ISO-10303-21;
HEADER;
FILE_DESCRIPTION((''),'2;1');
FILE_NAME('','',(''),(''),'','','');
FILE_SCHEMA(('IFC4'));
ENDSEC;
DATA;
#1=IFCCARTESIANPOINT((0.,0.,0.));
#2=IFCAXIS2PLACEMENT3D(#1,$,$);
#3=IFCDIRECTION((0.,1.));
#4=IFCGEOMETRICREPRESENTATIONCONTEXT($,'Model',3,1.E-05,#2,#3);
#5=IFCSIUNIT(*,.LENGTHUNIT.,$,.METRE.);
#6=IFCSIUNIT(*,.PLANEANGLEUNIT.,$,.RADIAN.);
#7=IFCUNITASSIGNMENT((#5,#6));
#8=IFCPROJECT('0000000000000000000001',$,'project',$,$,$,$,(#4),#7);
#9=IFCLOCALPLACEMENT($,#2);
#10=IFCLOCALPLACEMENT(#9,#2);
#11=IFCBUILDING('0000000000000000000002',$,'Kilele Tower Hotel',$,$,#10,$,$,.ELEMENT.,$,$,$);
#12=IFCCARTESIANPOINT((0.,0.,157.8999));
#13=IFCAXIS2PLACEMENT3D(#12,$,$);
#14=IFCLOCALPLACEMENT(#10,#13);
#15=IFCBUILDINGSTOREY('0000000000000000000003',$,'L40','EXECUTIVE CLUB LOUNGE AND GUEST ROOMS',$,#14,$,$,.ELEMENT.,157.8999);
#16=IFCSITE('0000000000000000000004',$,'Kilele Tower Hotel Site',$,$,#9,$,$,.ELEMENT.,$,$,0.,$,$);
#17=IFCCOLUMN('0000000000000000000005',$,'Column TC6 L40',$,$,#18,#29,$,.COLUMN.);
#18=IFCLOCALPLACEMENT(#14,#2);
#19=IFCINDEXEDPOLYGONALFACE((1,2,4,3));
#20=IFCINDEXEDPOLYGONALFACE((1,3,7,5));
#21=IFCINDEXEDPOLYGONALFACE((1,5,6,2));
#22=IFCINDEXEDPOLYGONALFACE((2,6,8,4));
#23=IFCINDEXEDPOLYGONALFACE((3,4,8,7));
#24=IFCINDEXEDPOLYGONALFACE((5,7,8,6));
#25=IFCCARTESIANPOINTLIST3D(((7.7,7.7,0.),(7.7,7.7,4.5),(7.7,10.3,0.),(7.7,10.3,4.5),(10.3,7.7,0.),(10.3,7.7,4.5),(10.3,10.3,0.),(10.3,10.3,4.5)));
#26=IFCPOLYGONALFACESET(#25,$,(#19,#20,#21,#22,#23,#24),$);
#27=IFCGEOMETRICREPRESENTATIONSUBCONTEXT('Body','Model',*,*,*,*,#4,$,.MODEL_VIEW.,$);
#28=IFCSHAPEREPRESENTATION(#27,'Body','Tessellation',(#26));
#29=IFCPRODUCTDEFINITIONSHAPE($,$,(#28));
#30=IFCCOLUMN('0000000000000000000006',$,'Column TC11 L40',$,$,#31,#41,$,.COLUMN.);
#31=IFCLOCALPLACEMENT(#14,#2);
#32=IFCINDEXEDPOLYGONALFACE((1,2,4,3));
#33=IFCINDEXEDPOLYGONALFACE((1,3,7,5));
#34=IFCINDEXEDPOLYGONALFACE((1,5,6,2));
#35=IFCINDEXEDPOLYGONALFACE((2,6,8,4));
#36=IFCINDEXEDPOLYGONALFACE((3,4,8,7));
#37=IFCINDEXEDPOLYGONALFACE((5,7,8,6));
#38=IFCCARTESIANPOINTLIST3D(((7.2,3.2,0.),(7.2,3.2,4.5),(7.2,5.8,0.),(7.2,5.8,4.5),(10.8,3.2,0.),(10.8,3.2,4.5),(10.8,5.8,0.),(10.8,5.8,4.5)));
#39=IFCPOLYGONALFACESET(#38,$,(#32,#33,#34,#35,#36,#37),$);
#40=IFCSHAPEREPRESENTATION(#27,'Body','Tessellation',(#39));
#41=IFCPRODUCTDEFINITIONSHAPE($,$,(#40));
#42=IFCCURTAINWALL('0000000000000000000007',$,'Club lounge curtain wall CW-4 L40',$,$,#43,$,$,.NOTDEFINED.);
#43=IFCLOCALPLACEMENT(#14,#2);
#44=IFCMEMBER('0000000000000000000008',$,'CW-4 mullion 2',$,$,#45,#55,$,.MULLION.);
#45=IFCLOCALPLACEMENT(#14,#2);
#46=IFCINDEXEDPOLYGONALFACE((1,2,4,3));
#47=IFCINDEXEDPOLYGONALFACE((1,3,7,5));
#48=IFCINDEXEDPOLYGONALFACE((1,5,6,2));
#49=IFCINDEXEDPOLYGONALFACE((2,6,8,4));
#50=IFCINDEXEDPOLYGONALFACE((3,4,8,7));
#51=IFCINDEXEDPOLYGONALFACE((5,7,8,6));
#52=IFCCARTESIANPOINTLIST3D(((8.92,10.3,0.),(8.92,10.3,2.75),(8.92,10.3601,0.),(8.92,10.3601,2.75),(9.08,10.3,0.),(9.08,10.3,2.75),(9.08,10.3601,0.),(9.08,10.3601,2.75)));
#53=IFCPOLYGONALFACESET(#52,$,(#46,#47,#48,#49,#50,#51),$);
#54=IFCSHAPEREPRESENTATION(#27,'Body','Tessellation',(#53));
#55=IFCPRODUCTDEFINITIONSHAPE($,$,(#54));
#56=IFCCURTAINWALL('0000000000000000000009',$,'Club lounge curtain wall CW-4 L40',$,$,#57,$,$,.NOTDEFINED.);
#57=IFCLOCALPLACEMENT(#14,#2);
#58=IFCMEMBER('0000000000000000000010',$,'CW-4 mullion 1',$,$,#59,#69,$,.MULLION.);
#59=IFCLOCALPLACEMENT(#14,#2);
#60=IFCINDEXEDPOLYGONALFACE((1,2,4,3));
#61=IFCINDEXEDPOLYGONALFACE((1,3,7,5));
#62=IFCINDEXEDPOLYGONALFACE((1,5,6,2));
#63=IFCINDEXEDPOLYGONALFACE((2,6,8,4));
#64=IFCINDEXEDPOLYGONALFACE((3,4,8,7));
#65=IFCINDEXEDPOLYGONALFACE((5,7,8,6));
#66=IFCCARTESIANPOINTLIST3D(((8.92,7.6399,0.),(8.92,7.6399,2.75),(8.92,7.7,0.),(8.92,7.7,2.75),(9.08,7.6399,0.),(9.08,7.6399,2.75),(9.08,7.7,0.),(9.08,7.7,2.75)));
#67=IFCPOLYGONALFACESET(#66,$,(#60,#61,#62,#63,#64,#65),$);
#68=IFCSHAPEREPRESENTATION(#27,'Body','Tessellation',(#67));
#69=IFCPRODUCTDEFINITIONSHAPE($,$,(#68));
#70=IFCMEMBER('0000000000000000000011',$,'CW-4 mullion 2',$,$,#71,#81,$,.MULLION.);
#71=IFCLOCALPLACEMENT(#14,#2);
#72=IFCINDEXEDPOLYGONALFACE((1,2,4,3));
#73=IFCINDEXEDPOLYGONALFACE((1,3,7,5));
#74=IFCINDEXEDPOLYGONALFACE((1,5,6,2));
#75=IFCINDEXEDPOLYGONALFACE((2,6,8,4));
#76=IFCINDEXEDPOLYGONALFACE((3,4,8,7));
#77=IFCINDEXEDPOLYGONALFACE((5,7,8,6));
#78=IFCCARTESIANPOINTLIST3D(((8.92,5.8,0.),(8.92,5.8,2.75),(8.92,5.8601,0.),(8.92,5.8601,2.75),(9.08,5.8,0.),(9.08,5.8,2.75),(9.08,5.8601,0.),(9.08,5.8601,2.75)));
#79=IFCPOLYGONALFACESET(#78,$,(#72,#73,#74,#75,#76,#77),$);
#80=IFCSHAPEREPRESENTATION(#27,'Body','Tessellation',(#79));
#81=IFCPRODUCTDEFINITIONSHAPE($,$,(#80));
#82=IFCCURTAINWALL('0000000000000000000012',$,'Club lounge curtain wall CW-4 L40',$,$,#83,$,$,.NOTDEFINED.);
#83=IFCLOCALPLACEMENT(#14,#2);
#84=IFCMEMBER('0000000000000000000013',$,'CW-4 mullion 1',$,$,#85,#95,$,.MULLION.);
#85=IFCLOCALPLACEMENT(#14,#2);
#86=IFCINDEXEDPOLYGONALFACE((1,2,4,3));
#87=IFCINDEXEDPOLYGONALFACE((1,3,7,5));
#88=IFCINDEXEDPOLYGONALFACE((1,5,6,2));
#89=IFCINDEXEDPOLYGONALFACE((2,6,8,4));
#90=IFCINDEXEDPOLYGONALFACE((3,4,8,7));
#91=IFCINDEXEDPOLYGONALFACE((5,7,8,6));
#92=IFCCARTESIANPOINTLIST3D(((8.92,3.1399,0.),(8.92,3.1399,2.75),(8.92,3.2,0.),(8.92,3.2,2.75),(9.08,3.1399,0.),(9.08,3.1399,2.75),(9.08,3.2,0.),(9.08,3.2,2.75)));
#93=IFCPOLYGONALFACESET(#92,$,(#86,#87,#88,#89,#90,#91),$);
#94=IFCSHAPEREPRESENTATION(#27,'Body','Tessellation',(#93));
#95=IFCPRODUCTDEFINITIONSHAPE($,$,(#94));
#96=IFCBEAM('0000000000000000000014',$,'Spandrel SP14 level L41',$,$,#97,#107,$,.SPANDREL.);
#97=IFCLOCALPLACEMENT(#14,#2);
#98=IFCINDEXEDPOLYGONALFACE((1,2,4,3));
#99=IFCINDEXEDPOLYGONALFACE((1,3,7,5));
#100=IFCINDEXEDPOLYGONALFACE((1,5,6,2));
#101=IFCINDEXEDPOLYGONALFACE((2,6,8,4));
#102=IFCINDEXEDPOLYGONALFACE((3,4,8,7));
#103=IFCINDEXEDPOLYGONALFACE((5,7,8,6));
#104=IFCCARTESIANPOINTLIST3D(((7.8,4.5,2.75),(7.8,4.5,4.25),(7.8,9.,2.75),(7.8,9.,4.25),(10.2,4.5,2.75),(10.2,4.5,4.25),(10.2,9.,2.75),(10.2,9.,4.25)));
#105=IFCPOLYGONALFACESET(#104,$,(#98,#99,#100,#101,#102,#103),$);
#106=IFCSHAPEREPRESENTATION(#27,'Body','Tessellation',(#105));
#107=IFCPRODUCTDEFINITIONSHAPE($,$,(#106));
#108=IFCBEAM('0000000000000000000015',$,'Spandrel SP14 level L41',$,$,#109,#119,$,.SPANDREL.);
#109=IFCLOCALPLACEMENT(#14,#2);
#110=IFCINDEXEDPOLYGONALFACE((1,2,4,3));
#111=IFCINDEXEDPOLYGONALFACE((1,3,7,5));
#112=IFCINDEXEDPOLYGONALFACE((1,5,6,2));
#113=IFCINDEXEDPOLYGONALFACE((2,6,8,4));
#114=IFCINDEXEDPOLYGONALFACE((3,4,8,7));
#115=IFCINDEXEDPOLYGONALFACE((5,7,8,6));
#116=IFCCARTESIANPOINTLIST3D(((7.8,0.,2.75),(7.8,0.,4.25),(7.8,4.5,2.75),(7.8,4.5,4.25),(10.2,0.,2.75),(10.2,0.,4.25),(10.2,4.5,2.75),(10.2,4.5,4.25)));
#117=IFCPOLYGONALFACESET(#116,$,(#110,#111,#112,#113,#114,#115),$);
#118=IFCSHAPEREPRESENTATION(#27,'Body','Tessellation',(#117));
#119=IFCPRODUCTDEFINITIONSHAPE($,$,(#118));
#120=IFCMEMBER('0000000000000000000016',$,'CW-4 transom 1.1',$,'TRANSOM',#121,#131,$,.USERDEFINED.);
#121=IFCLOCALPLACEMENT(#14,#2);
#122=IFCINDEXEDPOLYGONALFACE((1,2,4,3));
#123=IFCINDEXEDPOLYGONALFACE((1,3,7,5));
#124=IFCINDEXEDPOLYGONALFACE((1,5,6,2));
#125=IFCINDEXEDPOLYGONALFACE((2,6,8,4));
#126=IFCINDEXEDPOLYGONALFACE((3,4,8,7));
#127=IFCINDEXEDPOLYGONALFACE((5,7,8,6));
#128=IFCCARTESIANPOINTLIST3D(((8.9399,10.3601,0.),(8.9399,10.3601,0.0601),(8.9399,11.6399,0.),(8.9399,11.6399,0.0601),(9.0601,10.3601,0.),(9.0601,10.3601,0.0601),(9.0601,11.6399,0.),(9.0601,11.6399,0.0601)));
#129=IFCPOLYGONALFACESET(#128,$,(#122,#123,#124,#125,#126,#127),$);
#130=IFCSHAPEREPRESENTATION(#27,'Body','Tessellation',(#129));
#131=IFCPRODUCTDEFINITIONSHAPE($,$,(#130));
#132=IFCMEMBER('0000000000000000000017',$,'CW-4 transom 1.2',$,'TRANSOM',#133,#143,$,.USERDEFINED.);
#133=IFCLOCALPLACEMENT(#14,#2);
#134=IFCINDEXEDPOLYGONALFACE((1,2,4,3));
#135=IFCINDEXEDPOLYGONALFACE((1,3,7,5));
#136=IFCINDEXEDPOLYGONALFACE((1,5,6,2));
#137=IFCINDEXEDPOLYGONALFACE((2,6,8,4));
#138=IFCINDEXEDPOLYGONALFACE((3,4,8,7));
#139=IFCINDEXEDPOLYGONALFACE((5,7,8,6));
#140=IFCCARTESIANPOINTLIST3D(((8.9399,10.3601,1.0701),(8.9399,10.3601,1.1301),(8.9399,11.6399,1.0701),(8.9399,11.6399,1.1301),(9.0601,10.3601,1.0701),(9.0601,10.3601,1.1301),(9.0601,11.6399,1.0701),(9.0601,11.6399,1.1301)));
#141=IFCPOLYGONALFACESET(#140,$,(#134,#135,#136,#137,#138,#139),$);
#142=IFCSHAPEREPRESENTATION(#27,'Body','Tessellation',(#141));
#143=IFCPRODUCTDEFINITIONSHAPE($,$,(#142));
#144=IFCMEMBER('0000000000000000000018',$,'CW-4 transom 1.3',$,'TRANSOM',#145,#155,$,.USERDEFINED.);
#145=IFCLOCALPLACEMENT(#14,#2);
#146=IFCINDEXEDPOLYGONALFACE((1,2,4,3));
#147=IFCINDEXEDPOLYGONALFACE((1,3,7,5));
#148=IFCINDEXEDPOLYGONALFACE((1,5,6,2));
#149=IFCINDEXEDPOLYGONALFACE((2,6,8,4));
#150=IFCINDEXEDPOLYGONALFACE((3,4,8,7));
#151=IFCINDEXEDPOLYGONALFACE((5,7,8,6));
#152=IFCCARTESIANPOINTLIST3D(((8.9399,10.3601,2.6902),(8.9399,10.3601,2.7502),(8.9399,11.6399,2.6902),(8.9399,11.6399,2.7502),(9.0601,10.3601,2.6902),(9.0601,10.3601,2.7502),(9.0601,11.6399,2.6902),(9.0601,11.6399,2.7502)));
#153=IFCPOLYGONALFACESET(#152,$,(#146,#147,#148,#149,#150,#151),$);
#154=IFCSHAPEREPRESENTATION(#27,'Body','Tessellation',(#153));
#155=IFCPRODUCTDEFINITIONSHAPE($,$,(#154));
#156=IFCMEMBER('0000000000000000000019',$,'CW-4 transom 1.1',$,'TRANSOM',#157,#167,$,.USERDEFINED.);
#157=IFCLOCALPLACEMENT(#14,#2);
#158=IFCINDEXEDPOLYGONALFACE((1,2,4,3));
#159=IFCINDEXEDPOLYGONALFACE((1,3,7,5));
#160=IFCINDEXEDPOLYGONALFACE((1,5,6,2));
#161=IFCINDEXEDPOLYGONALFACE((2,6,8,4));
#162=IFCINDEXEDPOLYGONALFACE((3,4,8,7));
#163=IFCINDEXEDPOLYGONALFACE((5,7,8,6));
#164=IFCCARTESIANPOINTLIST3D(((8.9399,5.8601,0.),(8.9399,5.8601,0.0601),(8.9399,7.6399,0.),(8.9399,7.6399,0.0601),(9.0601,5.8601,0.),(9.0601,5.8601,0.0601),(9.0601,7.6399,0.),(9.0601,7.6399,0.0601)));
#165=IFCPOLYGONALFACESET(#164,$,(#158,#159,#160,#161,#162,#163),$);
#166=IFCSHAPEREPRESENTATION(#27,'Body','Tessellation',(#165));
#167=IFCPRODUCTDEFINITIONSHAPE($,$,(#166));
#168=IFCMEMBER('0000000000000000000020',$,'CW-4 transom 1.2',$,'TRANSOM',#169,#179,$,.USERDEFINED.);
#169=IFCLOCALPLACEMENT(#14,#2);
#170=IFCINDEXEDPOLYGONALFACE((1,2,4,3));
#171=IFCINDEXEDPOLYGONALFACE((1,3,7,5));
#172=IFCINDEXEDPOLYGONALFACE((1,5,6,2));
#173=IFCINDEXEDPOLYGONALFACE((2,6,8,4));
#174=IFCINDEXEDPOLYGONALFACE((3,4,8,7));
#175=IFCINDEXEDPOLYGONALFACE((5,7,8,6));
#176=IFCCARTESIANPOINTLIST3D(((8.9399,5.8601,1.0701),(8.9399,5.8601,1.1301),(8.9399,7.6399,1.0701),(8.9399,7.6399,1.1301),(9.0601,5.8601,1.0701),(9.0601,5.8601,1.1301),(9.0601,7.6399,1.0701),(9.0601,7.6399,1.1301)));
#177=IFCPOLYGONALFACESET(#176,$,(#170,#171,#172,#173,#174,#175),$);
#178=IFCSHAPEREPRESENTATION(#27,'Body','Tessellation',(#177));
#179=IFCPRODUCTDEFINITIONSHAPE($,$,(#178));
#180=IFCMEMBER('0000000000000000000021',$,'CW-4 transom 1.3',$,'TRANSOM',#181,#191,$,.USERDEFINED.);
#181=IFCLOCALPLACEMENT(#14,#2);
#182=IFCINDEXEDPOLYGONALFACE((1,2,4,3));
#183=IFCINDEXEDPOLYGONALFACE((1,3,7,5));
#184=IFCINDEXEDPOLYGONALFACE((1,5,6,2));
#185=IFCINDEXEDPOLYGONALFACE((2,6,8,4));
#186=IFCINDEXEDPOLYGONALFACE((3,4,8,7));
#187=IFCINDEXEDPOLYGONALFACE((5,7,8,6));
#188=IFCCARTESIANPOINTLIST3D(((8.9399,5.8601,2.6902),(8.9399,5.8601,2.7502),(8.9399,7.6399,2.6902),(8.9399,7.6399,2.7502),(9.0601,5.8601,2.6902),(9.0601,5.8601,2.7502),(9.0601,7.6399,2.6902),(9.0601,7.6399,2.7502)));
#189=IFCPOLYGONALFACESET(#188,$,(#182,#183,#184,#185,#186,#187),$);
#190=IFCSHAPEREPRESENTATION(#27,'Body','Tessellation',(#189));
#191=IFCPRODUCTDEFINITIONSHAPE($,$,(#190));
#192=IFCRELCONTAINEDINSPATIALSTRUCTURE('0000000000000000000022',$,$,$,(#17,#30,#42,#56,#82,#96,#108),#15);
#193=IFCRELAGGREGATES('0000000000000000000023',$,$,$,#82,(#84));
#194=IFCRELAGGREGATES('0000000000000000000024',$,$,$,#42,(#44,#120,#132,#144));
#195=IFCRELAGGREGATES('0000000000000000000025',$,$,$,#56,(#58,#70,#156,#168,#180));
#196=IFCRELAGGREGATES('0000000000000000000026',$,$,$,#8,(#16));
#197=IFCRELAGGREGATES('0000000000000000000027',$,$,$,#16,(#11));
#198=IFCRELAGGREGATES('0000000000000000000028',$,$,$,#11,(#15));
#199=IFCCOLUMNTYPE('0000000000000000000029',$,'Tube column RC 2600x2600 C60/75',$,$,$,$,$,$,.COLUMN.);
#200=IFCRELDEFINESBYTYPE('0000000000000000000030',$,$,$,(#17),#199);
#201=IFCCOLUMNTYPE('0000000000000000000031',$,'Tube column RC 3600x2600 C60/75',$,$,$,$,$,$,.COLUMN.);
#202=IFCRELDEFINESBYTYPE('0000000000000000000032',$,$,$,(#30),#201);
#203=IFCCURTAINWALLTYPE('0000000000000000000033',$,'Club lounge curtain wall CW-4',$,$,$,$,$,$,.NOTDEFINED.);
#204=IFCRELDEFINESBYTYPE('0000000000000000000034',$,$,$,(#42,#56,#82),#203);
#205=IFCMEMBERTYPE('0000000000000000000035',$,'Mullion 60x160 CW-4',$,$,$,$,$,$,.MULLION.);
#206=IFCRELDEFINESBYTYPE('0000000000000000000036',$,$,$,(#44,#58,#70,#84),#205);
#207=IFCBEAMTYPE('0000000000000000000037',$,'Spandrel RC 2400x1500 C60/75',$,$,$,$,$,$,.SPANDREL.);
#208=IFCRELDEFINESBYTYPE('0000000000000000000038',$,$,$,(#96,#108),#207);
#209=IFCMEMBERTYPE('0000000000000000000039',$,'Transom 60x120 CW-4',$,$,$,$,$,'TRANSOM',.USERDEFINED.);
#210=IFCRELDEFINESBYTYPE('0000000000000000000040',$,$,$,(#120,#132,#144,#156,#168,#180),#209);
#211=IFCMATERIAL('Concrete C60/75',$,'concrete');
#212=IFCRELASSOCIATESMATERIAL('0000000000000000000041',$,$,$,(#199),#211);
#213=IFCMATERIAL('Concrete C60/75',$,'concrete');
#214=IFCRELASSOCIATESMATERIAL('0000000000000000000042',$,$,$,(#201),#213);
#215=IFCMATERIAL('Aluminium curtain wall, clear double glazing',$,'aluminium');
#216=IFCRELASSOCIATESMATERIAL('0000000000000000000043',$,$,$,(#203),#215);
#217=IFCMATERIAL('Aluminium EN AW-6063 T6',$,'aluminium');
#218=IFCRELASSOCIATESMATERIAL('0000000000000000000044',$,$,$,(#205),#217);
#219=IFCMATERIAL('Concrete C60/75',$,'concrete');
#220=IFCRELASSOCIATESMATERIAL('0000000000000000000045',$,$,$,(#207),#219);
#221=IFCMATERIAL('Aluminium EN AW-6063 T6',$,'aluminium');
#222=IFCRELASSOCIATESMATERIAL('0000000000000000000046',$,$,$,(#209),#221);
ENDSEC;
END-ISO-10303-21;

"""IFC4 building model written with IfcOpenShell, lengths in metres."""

from ifc_helpers import new_model, si_unit, direction, frame, origin, origin_2d, place, context, subcontext, project, spatial, rectangle, extrude, material, material_profile, profile_set, type_object, element, aggregate, save


model = new_model("IFC4")

# Units and contexts
model_context = context("Model", 3, precision=1e-05, world=origin(), true_north=direction((0.0, 1.0)))
body_context = subcontext(model_context, "Body", "Model", "MODEL_VIEW")
ifc_project = project(units=[si_unit("LENGTHUNIT", "METRE"), si_unit("PLANEANGLEUNIT", "RADIAN")], contexts=[model_context])

# Site, building, storey
site_placement = place(None, origin())
site = spatial("IfcSite", under=ifc_project, at=site_placement, Name="Kilele Tower Hotel Site", CompositionType="ELEMENT", RefElevation=0.0)
building_placement = place(site_placement, origin())
building = spatial("IfcBuilding", under=site, at=building_placement, Name="Kilele Tower Hotel", CompositionType="ELEMENT")
storey_placement = place(building_placement, frame((0.0, 0.0, 157.8999)))
storey = spatial("IfcBuildingStorey", under=building, at=storey_placement, Name="L40", Description="EXECUTIVE CLUB LOUNGE AND GUEST ROOMS", CompositionType="ELEMENT", Elevation=157.8999)

# Columns
ifc_material_1 = material(Name="Concrete C60/75", Category="concrete")
ifc_material_profile_1 = material_profile(ifc_material_1, rectangle(XDim=2.6001, YDim=2.6001, at=origin_2d()))
ifc_profile_set_1 = profile_set([ifc_material_profile_1], Name="Concrete C60/75")
column_type_1 = type_object("IfcColumnType", Name="Tube column RC 2600x2600 C60/75", PredefinedType="COLUMN", material=ifc_profile_set_1)
column_1_placement = place(storey_placement, frame((9.0, 9.0, 0.0), z_axis=(0.0, 0.0, 1.0), x_axis=(1.0, 0.0, 0.0)))
element("IfcColumn", 1, at=column_1_placement, inside=storey, type_object=column_type_1, Name="Column TC6 L40", PredefinedType="COLUMN", context=body_context, shape_type="SweptSolid", body=[
    extrude(rectangle(XDim=2.6001, YDim=2.6001, at=origin_2d()), origin(), (0.0, 0.0, 1.0), 4.5),
])
ifc_material_2 = material(Name="Concrete C60/75", Category="concrete")
ifc_material_profile_2 = material_profile(ifc_material_2, rectangle(XDim=3.6001, YDim=2.6001, at=origin_2d()))
ifc_profile_set_2 = profile_set([ifc_material_profile_2], Name="Concrete C60/75")
column_type_2 = type_object("IfcColumnType", Name="Tube column RC 3600x2600 C60/75", PredefinedType="COLUMN", material=ifc_profile_set_2)
column_2_placement = place(storey_placement, frame((9.0, 4.5, 0.0), z_axis=(0.0, 0.0, 1.0), x_axis=(1.0, 0.0, 0.0)))
element("IfcColumn", 2, at=column_2_placement, inside=storey, type_object=column_type_2, Name="Column TC11 L40", PredefinedType="COLUMN", context=body_context, shape_type="SweptSolid", body=[
    extrude(rectangle(XDim=3.6001, YDim=2.6001, at=origin_2d()), origin(), (0.0, 0.0, 1.0), 4.5),
])

# Curtain wall, member
ifc_material_3 = material(Name="Aluminium curtain wall, clear double glazing", Category="aluminium")
curtain_wall_type = type_object("IfcCurtainWallType", Name="Club lounge curtain wall CW-4", PredefinedType="NOTDEFINED", material=ifc_material_3)
curtain_wall_1_placement = place(storey_placement, origin())
curtain_wall_1 = element("IfcCurtainWall", 3, at=curtain_wall_1_placement, inside=storey, type_object=curtain_wall_type, Name="Club lounge curtain wall CW-4 L40", PredefinedType="NOTDEFINED")
ifc_material_4 = material(Name="Aluminium EN AW-6063 T6", Category="aluminium")
ifc_material_profile_3 = material_profile(ifc_material_4, rectangle(XDim=0.1599, YDim=0.0601, at=origin_2d()))
ifc_profile_set_3 = profile_set([ifc_material_profile_3], Name="Aluminium EN AW-6063 T6")
member_type_1 = type_object("IfcMemberType", Name="Mullion 60x160 CW-4", PredefinedType="MULLION", material=ifc_profile_set_3)
member_1_placement = place(storey_placement, frame((9.0, 10.3301, 0.0), z_axis=(0.0, 0.0, 1.0), x_axis=(1.0, 0.0, 0.0)))
member_1 = element("IfcMember", 4, at=member_1_placement, type_object=member_type_1, Name="CW-4 mullion 2", PredefinedType="MULLION", context=body_context, shape_type="SweptSolid", body=[
    extrude(rectangle(XDim=0.1599, YDim=0.0601, at=origin_2d()), origin(), (0.0, 0.0, 1.0), 2.75),
])

# Curtain wall, members
curtain_wall_2_placement = place(storey_placement, origin())
curtain_wall_2 = element("IfcCurtainWall", 5, at=curtain_wall_2_placement, inside=storey, type_object=curtain_wall_type, Name="Club lounge curtain wall CW-4 L40", PredefinedType="NOTDEFINED")
member_2_placement = place(storey_placement, frame((9.0, 7.6699, 0.0), z_axis=(0.0, 0.0, 1.0), x_axis=(1.0, 0.0, 0.0)))
member_2 = element("IfcMember", 6, at=member_2_placement, type_object=member_type_1, Name="CW-4 mullion 1", PredefinedType="MULLION", context=body_context, shape_type="SweptSolid", body=[
    extrude(rectangle(XDim=0.1599, YDim=0.0601, at=origin_2d()), origin(), (0.0, 0.0, 1.0), 2.75),
])
member_3_placement = place(storey_placement, frame((9.0, 5.8301, 0.0), z_axis=(0.0, 0.0, 1.0), x_axis=(1.0, 0.0, 0.0)))
member_3 = element("IfcMember", 7, at=member_3_placement, type_object=member_type_1, Name="CW-4 mullion 2", PredefinedType="MULLION", context=body_context, shape_type="SweptSolid", body=[
    extrude(rectangle(XDim=0.1599, YDim=0.0601, at=origin_2d()), origin(), (0.0, 0.0, 1.0), 2.75),
])

# Curtain wall, member
curtain_wall_3_placement = place(storey_placement, origin())
curtain_wall_3 = element("IfcCurtainWall", 8, at=curtain_wall_3_placement, inside=storey, type_object=curtain_wall_type, Name="Club lounge curtain wall CW-4 L40", PredefinedType="NOTDEFINED")
member_4_placement = place(storey_placement, frame((9.0, 3.1699, 0.0), z_axis=(0.0, 0.0, 1.0), x_axis=(1.0, 0.0, 0.0)))
member_4 = element("IfcMember", 9, at=member_4_placement, type_object=member_type_1, Name="CW-4 mullion 1", PredefinedType="MULLION", context=body_context, shape_type="SweptSolid", body=[
    extrude(rectangle(XDim=0.1599, YDim=0.0601, at=origin_2d()), origin(), (0.0, 0.0, 1.0), 2.75),
])

# Beams
ifc_material_5 = material(Name="Concrete C60/75", Category="concrete")
ifc_material_profile_4 = material_profile(ifc_material_5, rectangle(XDim=2.3999, YDim=1.5, at=origin_2d()))
ifc_profile_set_4 = profile_set([ifc_material_profile_4], Name="Concrete C60/75")
beam_type = type_object("IfcBeamType", Name="Spandrel RC 2400x1500 C60/75", PredefinedType="SPANDREL", material=ifc_profile_set_4)
for number, where, z_axis, x_axis, name in (
    (10, (9.0, 9.0, 3.5), (0.0, -1.0, 0.0), (1.0, 0.0, 0.0), "Spandrel SP14 level L41"),
    (11, (9.0, 4.5, 3.5), (0.0, -1.0, 0.0), (1.0, 0.0, 0.0), "Spandrel SP14 level L41"),
):
    element("IfcBeam", number, at=place(storey_placement, frame(where, z_axis=z_axis, x_axis=x_axis)), inside=storey, type_object=beam_type, Name=name, PredefinedType="SPANDREL", context=body_context, shape_type="SweptSolid", body=[
        extrude(rectangle(XDim=2.3999, YDim=1.5, at=origin_2d()), origin(), (0.0, 0.0, 1.0), 4.5),
    ])

# Members
ifc_material_6 = material(Name="Aluminium EN AW-6063 T6", Category="aluminium")
ifc_material_profile_5 = material_profile(ifc_material_6, rectangle(XDim=0.1201, YDim=0.0601, at=origin_2d()))
ifc_profile_set_5 = profile_set([ifc_material_profile_5], Name="Aluminium EN AW-6063 T6")
member_type_2 = type_object("IfcMemberType", Name="Transom 60x120 CW-4", ElementType="TRANSOM", PredefinedType="USERDEFINED", material=ifc_profile_set_5)
member_5_placement = place(storey_placement, frame((9.0, 11.6399, 0.03), z_axis=(0.0, -1.0, 0.0), x_axis=(1.0, 0.0, 0.0)))
member_5 = element("IfcMember", 12, at=member_5_placement, type_object=member_type_2, Name="CW-4 transom 1.1", ObjectType="TRANSOM", PredefinedType="USERDEFINED", context=body_context, shape_type="SweptSolid", body=[
    extrude(rectangle(XDim=0.1201, YDim=0.0601, at=origin_2d()), origin(), (0.0, 0.0, 1.0), 1.2798),
])
member_6_placement = place(storey_placement, frame((9.0, 11.6399, 1.1001), z_axis=(0.0, -1.0, 0.0), x_axis=(1.0, 0.0, 0.0)))
member_6 = element("IfcMember", 13, at=member_6_placement, type_object=member_type_2, Name="CW-4 transom 1.2", ObjectType="TRANSOM", PredefinedType="USERDEFINED", context=body_context, shape_type="SweptSolid", body=[
    extrude(rectangle(XDim=0.1201, YDim=0.0601, at=origin_2d()), origin(), (0.0, 0.0, 1.0), 1.2798),
])
member_7_placement = place(storey_placement, frame((9.0, 11.6399, 2.7202), z_axis=(0.0, -1.0, 0.0), x_axis=(1.0, 0.0, 0.0)))
member_7 = element("IfcMember", 14, at=member_7_placement, type_object=member_type_2, Name="CW-4 transom 1.3", ObjectType="TRANSOM", PredefinedType="USERDEFINED", context=body_context, shape_type="SweptSolid", body=[
    extrude(rectangle(XDim=0.1201, YDim=0.0601, at=origin_2d()), origin(), (0.0, 0.0, 1.0), 1.2798),
])
member_8_placement = place(storey_placement, frame((9.0, 7.6399, 0.03), z_axis=(0.0, -1.0, 0.0), x_axis=(1.0, 0.0, 0.0)))
member_8 = element("IfcMember", 15, at=member_8_placement, type_object=member_type_2, Name="CW-4 transom 1.1", ObjectType="TRANSOM", PredefinedType="USERDEFINED", context=body_context, shape_type="SweptSolid", body=[
    extrude(rectangle(XDim=0.1201, YDim=0.0601, at=origin_2d()), origin(), (0.0, 0.0, 1.0), 1.7798),
])
member_9_placement = place(storey_placement, frame((9.0, 7.6399, 1.1001), z_axis=(0.0, -1.0, 0.0), x_axis=(1.0, 0.0, 0.0)))
member_9 = element("IfcMember", 16, at=member_9_placement, type_object=member_type_2, Name="CW-4 transom 1.2", ObjectType="TRANSOM", PredefinedType="USERDEFINED", context=body_context, shape_type="SweptSolid", body=[
    extrude(rectangle(XDim=0.1201, YDim=0.0601, at=origin_2d()), origin(), (0.0, 0.0, 1.0), 1.7798),
])
member_10_placement = place(storey_placement, frame((9.0, 7.6399, 2.7202), z_axis=(0.0, -1.0, 0.0), x_axis=(1.0, 0.0, 0.0)))
member_10 = element("IfcMember", 17, at=member_10_placement, type_object=member_type_2, Name="CW-4 transom 1.3", ObjectType="TRANSOM", PredefinedType="USERDEFINED", context=body_context, shape_type="SweptSolid", body=[
    extrude(rectangle(XDim=0.1201, YDim=0.0601, at=origin_2d()), origin(), (0.0, 0.0, 1.0), 1.7798),
])
aggregate(curtain_wall_3, [member_4])

aggregate(curtain_wall_1, [member_1, member_5, member_6, member_7])
aggregate(curtain_wall_2, [member_2, member_3, member_8, member_9, member_10])

save(model, "model.ifc")
